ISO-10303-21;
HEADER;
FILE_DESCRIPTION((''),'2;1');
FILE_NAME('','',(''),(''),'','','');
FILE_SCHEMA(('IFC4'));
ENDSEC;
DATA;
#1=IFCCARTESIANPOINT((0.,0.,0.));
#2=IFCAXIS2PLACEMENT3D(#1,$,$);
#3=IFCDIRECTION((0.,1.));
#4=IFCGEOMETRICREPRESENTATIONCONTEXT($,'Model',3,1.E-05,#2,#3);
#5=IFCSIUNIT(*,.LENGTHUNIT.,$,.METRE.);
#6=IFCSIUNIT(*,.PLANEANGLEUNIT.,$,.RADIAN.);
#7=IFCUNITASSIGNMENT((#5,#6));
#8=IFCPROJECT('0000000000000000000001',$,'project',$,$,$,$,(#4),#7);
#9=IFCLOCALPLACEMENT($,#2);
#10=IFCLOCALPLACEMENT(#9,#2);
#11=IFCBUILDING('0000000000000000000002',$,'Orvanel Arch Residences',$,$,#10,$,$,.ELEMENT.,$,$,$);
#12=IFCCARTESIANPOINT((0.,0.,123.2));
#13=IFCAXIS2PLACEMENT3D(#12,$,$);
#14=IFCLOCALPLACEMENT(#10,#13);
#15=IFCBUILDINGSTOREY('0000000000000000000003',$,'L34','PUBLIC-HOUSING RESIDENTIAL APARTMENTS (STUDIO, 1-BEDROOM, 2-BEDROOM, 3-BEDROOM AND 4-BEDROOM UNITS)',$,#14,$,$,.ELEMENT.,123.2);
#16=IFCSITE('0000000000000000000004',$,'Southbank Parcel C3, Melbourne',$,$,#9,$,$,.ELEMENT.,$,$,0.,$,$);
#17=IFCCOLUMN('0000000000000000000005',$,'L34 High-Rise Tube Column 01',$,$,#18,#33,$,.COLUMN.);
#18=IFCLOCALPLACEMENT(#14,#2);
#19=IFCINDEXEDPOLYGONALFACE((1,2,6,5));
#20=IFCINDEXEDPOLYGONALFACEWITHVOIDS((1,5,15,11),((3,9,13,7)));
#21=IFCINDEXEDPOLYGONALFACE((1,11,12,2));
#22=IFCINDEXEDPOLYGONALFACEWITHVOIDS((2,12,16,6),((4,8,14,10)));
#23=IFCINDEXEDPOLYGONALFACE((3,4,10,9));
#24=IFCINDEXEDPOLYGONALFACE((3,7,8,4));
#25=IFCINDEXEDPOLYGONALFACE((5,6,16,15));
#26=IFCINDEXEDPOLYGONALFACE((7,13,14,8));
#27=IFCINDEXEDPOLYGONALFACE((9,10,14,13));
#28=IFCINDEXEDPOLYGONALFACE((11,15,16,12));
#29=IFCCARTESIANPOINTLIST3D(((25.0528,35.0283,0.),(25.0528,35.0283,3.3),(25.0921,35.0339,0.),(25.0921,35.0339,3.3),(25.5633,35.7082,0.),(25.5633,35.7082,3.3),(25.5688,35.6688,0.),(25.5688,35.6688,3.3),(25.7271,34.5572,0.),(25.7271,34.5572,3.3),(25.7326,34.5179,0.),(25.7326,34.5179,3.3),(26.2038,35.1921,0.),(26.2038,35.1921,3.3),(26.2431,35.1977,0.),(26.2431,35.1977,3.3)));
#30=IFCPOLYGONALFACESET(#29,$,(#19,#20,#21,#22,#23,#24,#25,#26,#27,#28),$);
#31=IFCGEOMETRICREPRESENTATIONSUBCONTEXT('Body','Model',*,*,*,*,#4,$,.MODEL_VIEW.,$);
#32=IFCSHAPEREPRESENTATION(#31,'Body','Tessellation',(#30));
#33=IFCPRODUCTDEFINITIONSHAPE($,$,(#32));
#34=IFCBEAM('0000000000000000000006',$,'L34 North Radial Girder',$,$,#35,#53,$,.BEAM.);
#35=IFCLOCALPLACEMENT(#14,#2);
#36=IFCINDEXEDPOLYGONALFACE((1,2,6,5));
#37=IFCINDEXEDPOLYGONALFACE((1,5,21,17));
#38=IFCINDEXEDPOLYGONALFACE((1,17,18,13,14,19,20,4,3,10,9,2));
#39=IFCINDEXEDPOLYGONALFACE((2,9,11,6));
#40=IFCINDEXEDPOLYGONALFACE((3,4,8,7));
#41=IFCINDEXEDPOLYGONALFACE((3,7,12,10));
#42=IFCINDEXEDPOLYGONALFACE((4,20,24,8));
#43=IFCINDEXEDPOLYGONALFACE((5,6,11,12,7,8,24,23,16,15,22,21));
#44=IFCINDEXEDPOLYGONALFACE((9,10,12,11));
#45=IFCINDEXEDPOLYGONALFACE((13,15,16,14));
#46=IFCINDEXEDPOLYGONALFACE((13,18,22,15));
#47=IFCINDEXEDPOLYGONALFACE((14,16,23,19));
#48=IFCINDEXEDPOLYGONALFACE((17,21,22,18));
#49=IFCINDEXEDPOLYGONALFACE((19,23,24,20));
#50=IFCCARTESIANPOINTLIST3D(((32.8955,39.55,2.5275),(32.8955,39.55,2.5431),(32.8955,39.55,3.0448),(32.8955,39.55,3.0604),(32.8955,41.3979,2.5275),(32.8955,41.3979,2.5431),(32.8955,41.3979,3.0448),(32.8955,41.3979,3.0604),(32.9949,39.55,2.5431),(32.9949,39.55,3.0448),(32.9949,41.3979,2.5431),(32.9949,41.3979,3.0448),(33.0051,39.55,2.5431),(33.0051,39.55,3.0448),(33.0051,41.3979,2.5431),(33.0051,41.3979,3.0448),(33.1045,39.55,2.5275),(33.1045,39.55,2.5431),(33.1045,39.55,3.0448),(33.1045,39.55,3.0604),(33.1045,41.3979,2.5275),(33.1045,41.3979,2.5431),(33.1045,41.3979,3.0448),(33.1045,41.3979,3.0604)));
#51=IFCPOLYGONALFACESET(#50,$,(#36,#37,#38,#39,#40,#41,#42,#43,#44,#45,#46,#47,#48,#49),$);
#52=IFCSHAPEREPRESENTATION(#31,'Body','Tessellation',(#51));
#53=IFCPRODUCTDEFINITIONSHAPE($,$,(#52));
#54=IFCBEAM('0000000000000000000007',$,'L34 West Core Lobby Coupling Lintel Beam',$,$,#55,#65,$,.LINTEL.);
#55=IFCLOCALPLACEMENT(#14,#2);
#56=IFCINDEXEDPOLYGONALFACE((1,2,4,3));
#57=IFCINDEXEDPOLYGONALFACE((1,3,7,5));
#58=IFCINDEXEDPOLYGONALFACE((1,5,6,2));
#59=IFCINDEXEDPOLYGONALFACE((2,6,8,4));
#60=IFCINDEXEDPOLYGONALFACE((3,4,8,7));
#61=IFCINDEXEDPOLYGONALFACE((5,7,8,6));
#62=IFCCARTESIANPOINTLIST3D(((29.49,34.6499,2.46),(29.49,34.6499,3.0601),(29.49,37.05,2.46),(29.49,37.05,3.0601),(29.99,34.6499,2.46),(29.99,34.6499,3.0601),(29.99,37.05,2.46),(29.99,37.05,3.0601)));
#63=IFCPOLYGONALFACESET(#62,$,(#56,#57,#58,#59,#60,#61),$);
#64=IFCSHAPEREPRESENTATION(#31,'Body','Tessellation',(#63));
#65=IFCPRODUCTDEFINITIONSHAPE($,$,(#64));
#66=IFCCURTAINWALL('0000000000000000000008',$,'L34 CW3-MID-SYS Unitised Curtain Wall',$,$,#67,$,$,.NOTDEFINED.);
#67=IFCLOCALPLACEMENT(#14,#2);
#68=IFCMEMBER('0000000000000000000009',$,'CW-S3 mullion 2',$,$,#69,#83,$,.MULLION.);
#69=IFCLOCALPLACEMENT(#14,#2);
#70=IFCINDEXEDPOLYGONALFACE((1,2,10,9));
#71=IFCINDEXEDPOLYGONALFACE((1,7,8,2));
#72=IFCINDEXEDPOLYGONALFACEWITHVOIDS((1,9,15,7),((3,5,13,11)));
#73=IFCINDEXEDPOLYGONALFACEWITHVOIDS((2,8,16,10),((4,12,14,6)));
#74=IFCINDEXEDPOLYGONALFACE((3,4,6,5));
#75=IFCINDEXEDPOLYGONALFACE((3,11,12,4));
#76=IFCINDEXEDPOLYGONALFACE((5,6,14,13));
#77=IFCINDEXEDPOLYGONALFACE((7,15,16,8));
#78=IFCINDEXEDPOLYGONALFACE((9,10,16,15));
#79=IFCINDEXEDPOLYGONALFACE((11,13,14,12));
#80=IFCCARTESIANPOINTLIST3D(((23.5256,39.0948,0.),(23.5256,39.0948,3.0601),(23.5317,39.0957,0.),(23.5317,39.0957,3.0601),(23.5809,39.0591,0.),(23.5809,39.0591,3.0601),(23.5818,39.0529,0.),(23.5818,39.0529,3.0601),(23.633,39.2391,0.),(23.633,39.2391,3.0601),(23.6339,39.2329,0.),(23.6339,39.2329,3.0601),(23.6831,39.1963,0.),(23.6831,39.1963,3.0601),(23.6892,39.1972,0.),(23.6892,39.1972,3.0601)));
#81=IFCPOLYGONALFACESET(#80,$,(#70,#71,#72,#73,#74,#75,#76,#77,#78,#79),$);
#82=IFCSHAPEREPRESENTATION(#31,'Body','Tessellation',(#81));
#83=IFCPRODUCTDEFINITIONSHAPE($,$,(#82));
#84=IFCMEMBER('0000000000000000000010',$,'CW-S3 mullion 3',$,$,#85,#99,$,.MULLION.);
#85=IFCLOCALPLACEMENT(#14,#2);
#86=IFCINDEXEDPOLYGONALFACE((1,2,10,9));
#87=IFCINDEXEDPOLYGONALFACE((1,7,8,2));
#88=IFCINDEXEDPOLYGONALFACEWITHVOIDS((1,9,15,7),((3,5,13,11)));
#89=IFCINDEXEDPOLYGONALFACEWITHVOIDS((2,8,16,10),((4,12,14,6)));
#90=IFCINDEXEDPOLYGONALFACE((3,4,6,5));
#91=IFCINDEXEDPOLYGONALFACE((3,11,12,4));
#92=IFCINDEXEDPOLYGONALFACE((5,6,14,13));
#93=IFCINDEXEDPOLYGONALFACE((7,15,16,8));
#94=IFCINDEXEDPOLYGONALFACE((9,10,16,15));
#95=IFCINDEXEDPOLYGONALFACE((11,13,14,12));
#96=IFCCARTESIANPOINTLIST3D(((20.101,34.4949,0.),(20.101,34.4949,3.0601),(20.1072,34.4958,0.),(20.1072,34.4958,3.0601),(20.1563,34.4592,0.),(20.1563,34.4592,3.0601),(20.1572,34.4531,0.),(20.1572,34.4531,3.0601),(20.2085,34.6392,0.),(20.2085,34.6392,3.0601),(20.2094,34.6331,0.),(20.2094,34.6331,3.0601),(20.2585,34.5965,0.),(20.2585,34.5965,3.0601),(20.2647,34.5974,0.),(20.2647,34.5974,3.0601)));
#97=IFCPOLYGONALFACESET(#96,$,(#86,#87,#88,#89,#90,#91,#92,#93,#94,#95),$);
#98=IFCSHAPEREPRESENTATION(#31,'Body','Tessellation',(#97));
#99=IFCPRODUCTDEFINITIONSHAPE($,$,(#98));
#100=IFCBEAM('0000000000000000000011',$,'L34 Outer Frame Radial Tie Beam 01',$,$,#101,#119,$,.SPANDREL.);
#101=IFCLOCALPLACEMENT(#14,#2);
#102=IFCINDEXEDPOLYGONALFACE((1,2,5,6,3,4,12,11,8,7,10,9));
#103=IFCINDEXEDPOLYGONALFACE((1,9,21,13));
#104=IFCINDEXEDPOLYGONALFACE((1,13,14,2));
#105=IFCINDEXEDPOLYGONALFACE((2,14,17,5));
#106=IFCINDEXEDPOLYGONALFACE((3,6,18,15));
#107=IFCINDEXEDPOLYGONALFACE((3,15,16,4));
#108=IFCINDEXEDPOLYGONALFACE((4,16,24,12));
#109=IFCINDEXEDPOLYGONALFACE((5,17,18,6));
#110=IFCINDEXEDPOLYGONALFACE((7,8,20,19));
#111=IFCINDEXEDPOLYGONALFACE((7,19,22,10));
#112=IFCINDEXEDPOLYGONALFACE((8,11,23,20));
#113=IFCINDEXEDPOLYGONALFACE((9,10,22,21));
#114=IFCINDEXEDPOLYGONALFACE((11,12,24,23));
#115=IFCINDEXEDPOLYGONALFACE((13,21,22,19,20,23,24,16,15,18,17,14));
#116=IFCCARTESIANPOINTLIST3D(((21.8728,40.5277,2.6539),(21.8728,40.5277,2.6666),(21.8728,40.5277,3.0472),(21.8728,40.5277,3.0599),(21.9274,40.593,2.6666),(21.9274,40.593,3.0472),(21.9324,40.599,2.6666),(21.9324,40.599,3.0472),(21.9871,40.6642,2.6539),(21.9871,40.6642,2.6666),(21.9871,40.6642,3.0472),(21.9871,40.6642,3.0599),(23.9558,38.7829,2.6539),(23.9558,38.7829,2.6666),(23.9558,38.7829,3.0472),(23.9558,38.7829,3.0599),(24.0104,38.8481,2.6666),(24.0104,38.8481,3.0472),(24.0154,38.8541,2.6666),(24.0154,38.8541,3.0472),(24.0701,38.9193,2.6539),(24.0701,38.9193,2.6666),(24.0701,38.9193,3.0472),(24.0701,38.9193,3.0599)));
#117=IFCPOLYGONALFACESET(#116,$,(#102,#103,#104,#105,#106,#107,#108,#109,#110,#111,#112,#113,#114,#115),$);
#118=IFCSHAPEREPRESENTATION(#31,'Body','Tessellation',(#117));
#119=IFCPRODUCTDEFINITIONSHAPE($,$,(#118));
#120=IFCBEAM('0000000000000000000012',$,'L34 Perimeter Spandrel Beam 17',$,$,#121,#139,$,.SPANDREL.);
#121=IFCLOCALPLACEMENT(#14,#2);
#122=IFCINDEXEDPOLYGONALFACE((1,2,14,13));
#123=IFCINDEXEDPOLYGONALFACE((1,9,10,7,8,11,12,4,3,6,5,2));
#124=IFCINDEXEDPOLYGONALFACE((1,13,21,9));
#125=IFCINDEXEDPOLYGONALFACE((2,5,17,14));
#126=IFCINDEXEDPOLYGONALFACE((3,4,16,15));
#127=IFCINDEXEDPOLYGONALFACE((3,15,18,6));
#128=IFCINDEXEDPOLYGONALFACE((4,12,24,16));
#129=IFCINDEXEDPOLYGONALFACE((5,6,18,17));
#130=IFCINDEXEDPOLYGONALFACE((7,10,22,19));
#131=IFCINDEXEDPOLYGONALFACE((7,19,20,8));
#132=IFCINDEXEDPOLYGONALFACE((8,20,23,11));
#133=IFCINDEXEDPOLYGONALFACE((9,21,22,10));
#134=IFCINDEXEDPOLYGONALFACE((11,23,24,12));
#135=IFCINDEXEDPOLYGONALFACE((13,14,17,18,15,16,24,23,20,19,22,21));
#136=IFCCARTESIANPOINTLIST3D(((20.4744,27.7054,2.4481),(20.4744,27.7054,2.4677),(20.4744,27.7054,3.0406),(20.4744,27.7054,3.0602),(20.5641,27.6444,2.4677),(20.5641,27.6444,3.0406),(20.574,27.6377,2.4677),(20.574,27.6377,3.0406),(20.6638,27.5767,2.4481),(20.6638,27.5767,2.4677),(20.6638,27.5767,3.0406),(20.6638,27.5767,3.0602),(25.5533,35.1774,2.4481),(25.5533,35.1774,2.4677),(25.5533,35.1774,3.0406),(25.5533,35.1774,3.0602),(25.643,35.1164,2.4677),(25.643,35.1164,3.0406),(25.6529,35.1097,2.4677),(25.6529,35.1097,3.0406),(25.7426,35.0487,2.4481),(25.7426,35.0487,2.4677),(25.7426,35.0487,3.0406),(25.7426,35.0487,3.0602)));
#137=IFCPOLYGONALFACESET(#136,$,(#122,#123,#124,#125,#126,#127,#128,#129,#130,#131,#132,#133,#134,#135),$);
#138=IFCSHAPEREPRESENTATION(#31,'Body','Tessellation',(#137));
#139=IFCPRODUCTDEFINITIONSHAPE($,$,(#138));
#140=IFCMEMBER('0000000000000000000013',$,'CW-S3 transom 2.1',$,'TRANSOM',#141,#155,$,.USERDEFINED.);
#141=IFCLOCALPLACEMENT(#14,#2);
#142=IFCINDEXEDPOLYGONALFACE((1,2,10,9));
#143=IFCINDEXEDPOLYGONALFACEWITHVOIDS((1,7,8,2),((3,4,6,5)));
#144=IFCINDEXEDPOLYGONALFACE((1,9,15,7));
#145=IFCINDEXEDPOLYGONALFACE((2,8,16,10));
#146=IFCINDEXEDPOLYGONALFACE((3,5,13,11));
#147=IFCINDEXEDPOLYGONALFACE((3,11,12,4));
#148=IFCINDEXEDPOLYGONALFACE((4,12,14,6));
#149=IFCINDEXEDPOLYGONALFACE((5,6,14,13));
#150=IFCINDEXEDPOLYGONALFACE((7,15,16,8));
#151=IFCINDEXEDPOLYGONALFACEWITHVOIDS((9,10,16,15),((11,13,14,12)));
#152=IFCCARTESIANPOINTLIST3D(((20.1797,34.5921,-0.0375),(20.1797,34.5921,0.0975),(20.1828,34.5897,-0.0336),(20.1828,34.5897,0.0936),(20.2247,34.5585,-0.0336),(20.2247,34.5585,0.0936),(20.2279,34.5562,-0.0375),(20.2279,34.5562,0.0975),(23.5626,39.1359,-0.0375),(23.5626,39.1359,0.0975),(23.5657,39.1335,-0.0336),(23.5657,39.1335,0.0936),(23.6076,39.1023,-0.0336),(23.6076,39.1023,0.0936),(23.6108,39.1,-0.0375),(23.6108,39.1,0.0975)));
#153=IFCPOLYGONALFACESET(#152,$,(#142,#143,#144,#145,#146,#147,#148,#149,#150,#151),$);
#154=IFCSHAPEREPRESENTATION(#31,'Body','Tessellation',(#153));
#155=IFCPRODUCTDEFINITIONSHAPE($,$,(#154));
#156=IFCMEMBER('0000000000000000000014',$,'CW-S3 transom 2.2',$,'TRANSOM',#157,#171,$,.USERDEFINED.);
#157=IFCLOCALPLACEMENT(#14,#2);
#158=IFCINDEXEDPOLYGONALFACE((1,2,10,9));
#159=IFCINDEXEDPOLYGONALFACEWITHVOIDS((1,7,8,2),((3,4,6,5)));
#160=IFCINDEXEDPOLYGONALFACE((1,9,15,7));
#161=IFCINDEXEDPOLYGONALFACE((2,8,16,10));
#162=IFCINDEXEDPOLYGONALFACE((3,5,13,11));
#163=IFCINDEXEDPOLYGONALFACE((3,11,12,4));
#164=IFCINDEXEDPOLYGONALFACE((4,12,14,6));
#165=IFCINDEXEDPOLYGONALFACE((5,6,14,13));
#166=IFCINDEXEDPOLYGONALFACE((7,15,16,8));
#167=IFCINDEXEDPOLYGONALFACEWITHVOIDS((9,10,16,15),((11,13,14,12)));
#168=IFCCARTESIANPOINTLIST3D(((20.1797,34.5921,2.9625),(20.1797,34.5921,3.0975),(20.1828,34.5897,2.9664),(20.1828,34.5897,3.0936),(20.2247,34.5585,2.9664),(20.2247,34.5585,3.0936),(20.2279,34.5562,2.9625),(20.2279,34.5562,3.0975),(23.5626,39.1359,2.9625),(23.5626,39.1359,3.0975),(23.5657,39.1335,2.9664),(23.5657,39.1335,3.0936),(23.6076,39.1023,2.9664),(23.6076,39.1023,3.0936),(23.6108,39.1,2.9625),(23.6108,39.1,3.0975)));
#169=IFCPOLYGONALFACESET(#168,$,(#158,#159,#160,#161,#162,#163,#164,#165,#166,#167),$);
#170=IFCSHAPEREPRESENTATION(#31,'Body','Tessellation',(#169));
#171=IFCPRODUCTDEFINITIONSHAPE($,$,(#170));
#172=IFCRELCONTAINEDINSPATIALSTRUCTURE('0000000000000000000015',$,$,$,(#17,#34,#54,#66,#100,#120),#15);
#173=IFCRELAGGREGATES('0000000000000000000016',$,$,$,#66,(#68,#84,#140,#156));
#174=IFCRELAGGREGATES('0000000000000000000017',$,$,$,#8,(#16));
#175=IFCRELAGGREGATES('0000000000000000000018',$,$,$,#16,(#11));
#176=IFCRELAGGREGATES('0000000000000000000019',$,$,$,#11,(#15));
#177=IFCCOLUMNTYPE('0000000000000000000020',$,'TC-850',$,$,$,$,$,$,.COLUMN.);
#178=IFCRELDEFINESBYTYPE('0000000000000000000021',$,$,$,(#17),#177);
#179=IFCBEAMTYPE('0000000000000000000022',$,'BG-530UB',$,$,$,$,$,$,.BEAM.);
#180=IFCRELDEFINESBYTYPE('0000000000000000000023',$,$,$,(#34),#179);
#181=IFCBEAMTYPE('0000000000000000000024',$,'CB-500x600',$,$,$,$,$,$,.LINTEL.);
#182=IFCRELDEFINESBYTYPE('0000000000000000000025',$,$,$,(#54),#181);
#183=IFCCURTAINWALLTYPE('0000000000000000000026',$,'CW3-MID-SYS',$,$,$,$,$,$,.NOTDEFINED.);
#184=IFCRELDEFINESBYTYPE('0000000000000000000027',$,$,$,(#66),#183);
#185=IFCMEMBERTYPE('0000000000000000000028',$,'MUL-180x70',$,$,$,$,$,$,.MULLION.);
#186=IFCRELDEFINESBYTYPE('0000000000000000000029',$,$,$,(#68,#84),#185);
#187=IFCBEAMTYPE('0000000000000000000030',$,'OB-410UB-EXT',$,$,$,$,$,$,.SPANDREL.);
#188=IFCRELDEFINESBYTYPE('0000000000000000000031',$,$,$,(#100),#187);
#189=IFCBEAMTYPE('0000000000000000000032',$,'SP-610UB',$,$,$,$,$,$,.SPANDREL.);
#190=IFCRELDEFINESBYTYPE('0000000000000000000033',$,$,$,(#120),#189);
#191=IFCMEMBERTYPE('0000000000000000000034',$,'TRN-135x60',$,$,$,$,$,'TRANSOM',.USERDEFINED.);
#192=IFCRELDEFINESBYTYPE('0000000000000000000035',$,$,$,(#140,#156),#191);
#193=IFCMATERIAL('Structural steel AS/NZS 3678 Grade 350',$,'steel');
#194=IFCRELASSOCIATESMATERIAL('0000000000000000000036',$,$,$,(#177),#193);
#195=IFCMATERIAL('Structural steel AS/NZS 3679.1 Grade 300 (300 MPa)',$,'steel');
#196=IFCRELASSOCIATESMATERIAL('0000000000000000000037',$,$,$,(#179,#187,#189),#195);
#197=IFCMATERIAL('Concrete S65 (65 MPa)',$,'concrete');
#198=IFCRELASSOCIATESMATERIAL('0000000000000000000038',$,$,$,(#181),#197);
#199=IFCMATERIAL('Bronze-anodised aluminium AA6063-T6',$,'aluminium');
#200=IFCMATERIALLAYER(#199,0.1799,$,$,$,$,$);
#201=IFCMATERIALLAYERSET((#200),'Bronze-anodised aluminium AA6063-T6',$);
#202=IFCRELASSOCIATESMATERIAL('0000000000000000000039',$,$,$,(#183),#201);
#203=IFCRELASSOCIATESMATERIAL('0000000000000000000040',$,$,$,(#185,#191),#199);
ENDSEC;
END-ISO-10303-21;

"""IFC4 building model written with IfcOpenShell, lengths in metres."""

from ifc_helpers import new_model, si_unit, direction, frame, origin, origin_2d, place, context, subcontext, project, spatial, rectangle, hollow_rectangle, i_section, extrude, material, layer, layer_set, material_profile, profile_set, type_object, element, aggregate, save


model = new_model("IFC4")

# Units and contexts
model_context = context("Model", 3, precision=1e-05, world=origin(), true_north=direction((0.0, 1.0)))
body_context = subcontext(model_context, "Body", "Model", "MODEL_VIEW")
ifc_project = project(units=[si_unit("LENGTHUNIT", "METRE"), si_unit("PLANEANGLEUNIT", "RADIAN")], contexts=[model_context])

# Site, building, storey
site_placement = place(None, origin())
site = spatial("IfcSite", under=ifc_project, at=site_placement, Name="Southbank Parcel C3, Melbourne", CompositionType="ELEMENT", RefElevation=0.0)
building_placement = place(site_placement, origin())
building = spatial("IfcBuilding", under=site, at=building_placement, Name="Orvanel Arch Residences", CompositionType="ELEMENT")
storey_placement = place(building_placement, frame((0.0, 0.0, 123.2)))
storey = spatial("IfcBuildingStorey", under=building, at=storey_placement, Name="L34", Description="PUBLIC-HOUSING RESIDENTIAL APARTMENTS (STUDIO, 1-BEDROOM, 2-BEDROOM, 3-BEDROOM AND 4-BEDROOM UNITS)", CompositionType="ELEMENT", Elevation=123.2)

# Column
ifc_material_1 = material(Name="Structural steel AS/NZS 3678 Grade 350", Category="steel")
ifc_material_profile_1 = material_profile(ifc_material_1, hollow_rectangle(XDim=0.8501, YDim=0.8501, WallThickness=0.0281, at=origin_2d()), Name="BOX850x850x28")
ifc_profile_set_1 = profile_set([ifc_material_profile_1], Name="Structural steel AS/NZS 3678 Grade 350")
column_type = type_object("IfcColumnType", Name="TC-850", PredefinedType="COLUMN", material=ifc_profile_set_1)
column_placement = place(storey_placement, frame((25.6479, 35.113, 0.0), z_axis=(0.0, 0.0, 1.0), x_axis=(0.60042, 0.799685, 0.0)))
element("IfcColumn", 1, at=column_placement, inside=storey, type_object=column_type, Name="L34 High-Rise Tube Column 01", PredefinedType="COLUMN", context=body_context, shape_type="SweptSolid", body=[
    extrude(hollow_rectangle(XDim=0.8501, YDim=0.8501, WallThickness=0.0281, at=origin_2d()), origin(), (0.0, 0.0, 1.0), 3.3),
])

# Beams
ifc_material_2 = material(Name="Structural steel AS/NZS 3679.1 Grade 300 (300 MPa)", Category="steel")
ifc_material_profile_2 = material_profile(ifc_material_2, i_section(OverallWidth=0.209, OverallDepth=0.533, WebThickness=0.0103, FlangeThickness=0.0156, at=origin_2d()), Name="530UB92.4")
ifc_profile_set_2 = profile_set([ifc_material_profile_2], Name="Structural steel AS/NZS 3679.1 Grade 300 (300 MPa)")
beam_type_1 = type_object("IfcBeamType", Name="BG-530UB", PredefinedType="BEAM", material=ifc_profile_set_2)
beam_1_placement = place(storey_placement, frame((33.0, 39.55, 2.7939), z_axis=(0.0, 1.0, 0.0), x_axis=(-1.0, 0.0, 0.0)))
element("IfcBeam", 2, at=beam_1_placement, inside=storey, type_object=beam_type_1, Name="L34 North Radial Girder", PredefinedType="BEAM", context=body_context, shape_type="SweptSolid", body=[
    extrude(i_section(OverallWidth=0.209, OverallDepth=0.533, WebThickness=0.0103, FlangeThickness=0.0156, at=origin_2d()), origin(), (0.0, 0.0, 1.0), 1.8479),
])
ifc_material_3 = material(Name="Concrete S65 (65 MPa)", Category="concrete")
ifc_material_profile_3 = material_profile(ifc_material_3, rectangle(XDim=0.5, YDim=0.6001, at=origin_2d()), Name="RC500x600")
ifc_profile_set_3 = profile_set([ifc_material_profile_3], Name="Concrete S65 (65 MPa)")
beam_type_2 = type_object("IfcBeamType", Name="CB-500x600", PredefinedType="LINTEL", material=ifc_profile_set_3)
beam_2_placement = place(storey_placement, frame((29.74, 34.6499, 2.76), z_axis=(0.0, 1.0, 0.0), x_axis=(-1.0, 0.0, 0.0)))
element("IfcBeam", 3, at=beam_2_placement, inside=storey, type_object=beam_type_2, Name="L34 West Core Lobby Coupling Lintel Beam", PredefinedType="LINTEL", context=body_context, shape_type="SweptSolid", body=[
    extrude(rectangle(XDim=0.5, YDim=0.6001, at=origin_2d()), origin(), (0.0, 0.0, 1.0), 2.4001),
])

# Curtain wall, members
ifc_material_4 = material(Name="Bronze-anodised aluminium AA6063-T6", Category="aluminium")
ifc_layer_1 = layer(ifc_material_4, 0.1799)
ifc_layer_set_1 = layer_set([ifc_layer_1], Name="Bronze-anodised aluminium AA6063-T6")
curtain_wall_type = type_object("IfcCurtainWallType", Name="CW3-MID-SYS", PredefinedType="NOTDEFINED", material=ifc_layer_set_1)
curtain_wall_placement = place(storey_placement, origin())
curtain_wall = element("IfcCurtainWall", 4, at=curtain_wall_placement, inside=storey, type_object=curtain_wall_type, Name="L34 CW3-MID-SYS Unitised Curtain Wall", PredefinedType="NOTDEFINED")
ifc_material_profile_4 = material_profile(ifc_material_4, hollow_rectangle(XDim=0.0701, YDim=0.1799, WallThickness=0.0044, at=origin_2d()), Name="ALU180x70x4.5")
ifc_profile_set_4 = profile_set([ifc_material_profile_4], Name="Bronze-anodised aluminium AA6063-T6")
member_type_1 = type_object("IfcMemberType", Name="MUL-180x70", PredefinedType="MULLION", material=ifc_profile_set_4)
member_1_placement = place(storey_placement, frame((23.6074, 39.146, 0.0), z_axis=(0.0, 0.0, 1.0), x_axis=(0.802116, -0.597168, 0.0)))
member_1 = element("IfcMember", 5, at=member_1_placement, type_object=member_type_1, Name="CW-S3 mullion 2", PredefinedType="MULLION", context=body_context, shape_type="SweptSolid", body=[
    extrude(hollow_rectangle(XDim=0.0701, YDim=0.1799, WallThickness=0.0044, at=origin_2d()), origin(), (0.0, 0.0, 1.0), 3.0601),
])
member_2_placement = place(storey_placement, frame((20.1829, 34.5461, 0.0), z_axis=(0.0, 0.0, 1.0), x_axis=(0.802116, -0.597168, 0.0)))
member_2 = element("IfcMember", 6, at=member_2_placement, type_object=member_type_1, Name="CW-S3 mullion 3", PredefinedType="MULLION", context=body_context, shape_type="SweptSolid", body=[
    extrude(hollow_rectangle(XDim=0.0701, YDim=0.1799, WallThickness=0.0044, at=origin_2d()), origin(), (0.0, 0.0, 1.0), 3.0601),
])

# Beams
ifc_material_profile_5 = material_profile(ifc_material_2, i_section(OverallWidth=0.178, OverallDepth=0.406, WebThickness=0.0078, FlangeThickness=0.0127, at=origin_2d()), Name="410UB59.7")
ifc_profile_set_5 = profile_set([ifc_material_profile_5], Name="Structural steel AS/NZS 3679.1 Grade 300 (300 MPa)")
beam_type_3 = type_object("IfcBeamType", Name="OB-410UB-EXT", PredefinedType="SPANDREL", material=ifc_profile_set_5)
beam_3_placement = place(storey_placement, frame((24.0129, 38.8511, 2.8569), z_axis=(-0.766584, 0.642144, 0.0), x_axis=(-0.642144, -0.766584, 0.0)))
element("IfcBeam", 7, at=beam_3_placement, inside=storey, type_object=beam_type_3, Name="L34 Outer Frame Radial Tie Beam 01", PredefinedType="SPANDREL", context=body_context, shape_type="SweptSolid", body=[
    extrude(i_section(OverallWidth=0.178, OverallDepth=0.406, WebThickness=0.0078, FlangeThickness=0.0127, at=origin_2d()), origin(), (0.0, 0.0, 1.0), 2.7173),
])
ifc_material_profile_6 = material_profile(ifc_material_2, i_section(OverallWidth=0.229, OverallDepth=0.6121, WebThickness=0.012, FlangeThickness=0.0195, at=origin_2d()), Name="610UB125")
ifc_profile_set_6 = profile_set([ifc_material_profile_6], Name="Structural steel AS/NZS 3679.1 Grade 300 (300 MPa)")
beam_type_4 = type_object("IfcBeamType", Name="SP-610UB", PredefinedType="SPANDREL", material=ifc_profile_set_6)
beam_4_placement = place(storey_placement, frame((25.6479, 35.113, 2.7542), z_axis=(-0.562155, -0.827032, 0.0), x_axis=(0.827032, -0.562155, 0.0)))
element("IfcBeam", 8, at=beam_4_placement, inside=storey, type_object=beam_type_4, Name="L34 Perimeter Spandrel Beam 17", PredefinedType="SPANDREL", context=body_context, shape_type="SweptSolid", body=[
    extrude(i_section(OverallWidth=0.229, OverallDepth=0.6121, WebThickness=0.012, FlangeThickness=0.0195, at=origin_2d()), origin(), (0.0, 0.0, 1.0), 9.0347),
])

# Members
ifc_material_profile_7 = material_profile(ifc_material_4, hollow_rectangle(XDim=0.0601, YDim=0.135, WallThickness=0.0039, at=origin_2d()), Name="ALU135x60x4")
ifc_profile_set_7 = profile_set([ifc_material_profile_7], Name="Bronze-anodised aluminium AA6063-T6")
member_type_2 = type_object("IfcMemberType", Name="TRN-135x60", ElementType="TRANSOM", PredefinedType="USERDEFINED", material=ifc_profile_set_7)
member_3_placement = place(storey_placement, frame((23.5867, 39.1179, 0.03), z_axis=(-0.597176, -0.80211, 0.0), x_axis=(0.80211, -0.597176, 0.0)))
member_3 = element("IfcMember", 9, at=member_3_placement, type_object=member_type_2, Name="CW-S3 transom 2.1", ObjectType="TRANSOM", PredefinedType="USERDEFINED", context=body_context, shape_type="SweptSolid", body=[
    extrude(hollow_rectangle(XDim=0.0601, YDim=0.135, WallThickness=0.0039, at=origin_2d()), origin(), (0.0, 0.0, 1.0), 5.6648),
])
member_4_placement = place(storey_placement, frame((23.5867, 39.1179, 3.03), z_axis=(-0.597176, -0.80211, 0.0), x_axis=(0.80211, -0.597176, 0.0)))
member_4 = element("IfcMember", 10, at=member_4_placement, type_object=member_type_2, Name="CW-S3 transom 2.2", ObjectType="TRANSOM", PredefinedType="USERDEFINED", context=body_context, shape_type="SweptSolid", body=[
    extrude(hollow_rectangle(XDim=0.0601, YDim=0.135, WallThickness=0.0039, at=origin_2d()), origin(), (0.0, 0.0, 1.0), 5.6648),
])

aggregate(curtain_wall, [member_1, member_2, member_3, member_4])

save(model, "model.ifc")
